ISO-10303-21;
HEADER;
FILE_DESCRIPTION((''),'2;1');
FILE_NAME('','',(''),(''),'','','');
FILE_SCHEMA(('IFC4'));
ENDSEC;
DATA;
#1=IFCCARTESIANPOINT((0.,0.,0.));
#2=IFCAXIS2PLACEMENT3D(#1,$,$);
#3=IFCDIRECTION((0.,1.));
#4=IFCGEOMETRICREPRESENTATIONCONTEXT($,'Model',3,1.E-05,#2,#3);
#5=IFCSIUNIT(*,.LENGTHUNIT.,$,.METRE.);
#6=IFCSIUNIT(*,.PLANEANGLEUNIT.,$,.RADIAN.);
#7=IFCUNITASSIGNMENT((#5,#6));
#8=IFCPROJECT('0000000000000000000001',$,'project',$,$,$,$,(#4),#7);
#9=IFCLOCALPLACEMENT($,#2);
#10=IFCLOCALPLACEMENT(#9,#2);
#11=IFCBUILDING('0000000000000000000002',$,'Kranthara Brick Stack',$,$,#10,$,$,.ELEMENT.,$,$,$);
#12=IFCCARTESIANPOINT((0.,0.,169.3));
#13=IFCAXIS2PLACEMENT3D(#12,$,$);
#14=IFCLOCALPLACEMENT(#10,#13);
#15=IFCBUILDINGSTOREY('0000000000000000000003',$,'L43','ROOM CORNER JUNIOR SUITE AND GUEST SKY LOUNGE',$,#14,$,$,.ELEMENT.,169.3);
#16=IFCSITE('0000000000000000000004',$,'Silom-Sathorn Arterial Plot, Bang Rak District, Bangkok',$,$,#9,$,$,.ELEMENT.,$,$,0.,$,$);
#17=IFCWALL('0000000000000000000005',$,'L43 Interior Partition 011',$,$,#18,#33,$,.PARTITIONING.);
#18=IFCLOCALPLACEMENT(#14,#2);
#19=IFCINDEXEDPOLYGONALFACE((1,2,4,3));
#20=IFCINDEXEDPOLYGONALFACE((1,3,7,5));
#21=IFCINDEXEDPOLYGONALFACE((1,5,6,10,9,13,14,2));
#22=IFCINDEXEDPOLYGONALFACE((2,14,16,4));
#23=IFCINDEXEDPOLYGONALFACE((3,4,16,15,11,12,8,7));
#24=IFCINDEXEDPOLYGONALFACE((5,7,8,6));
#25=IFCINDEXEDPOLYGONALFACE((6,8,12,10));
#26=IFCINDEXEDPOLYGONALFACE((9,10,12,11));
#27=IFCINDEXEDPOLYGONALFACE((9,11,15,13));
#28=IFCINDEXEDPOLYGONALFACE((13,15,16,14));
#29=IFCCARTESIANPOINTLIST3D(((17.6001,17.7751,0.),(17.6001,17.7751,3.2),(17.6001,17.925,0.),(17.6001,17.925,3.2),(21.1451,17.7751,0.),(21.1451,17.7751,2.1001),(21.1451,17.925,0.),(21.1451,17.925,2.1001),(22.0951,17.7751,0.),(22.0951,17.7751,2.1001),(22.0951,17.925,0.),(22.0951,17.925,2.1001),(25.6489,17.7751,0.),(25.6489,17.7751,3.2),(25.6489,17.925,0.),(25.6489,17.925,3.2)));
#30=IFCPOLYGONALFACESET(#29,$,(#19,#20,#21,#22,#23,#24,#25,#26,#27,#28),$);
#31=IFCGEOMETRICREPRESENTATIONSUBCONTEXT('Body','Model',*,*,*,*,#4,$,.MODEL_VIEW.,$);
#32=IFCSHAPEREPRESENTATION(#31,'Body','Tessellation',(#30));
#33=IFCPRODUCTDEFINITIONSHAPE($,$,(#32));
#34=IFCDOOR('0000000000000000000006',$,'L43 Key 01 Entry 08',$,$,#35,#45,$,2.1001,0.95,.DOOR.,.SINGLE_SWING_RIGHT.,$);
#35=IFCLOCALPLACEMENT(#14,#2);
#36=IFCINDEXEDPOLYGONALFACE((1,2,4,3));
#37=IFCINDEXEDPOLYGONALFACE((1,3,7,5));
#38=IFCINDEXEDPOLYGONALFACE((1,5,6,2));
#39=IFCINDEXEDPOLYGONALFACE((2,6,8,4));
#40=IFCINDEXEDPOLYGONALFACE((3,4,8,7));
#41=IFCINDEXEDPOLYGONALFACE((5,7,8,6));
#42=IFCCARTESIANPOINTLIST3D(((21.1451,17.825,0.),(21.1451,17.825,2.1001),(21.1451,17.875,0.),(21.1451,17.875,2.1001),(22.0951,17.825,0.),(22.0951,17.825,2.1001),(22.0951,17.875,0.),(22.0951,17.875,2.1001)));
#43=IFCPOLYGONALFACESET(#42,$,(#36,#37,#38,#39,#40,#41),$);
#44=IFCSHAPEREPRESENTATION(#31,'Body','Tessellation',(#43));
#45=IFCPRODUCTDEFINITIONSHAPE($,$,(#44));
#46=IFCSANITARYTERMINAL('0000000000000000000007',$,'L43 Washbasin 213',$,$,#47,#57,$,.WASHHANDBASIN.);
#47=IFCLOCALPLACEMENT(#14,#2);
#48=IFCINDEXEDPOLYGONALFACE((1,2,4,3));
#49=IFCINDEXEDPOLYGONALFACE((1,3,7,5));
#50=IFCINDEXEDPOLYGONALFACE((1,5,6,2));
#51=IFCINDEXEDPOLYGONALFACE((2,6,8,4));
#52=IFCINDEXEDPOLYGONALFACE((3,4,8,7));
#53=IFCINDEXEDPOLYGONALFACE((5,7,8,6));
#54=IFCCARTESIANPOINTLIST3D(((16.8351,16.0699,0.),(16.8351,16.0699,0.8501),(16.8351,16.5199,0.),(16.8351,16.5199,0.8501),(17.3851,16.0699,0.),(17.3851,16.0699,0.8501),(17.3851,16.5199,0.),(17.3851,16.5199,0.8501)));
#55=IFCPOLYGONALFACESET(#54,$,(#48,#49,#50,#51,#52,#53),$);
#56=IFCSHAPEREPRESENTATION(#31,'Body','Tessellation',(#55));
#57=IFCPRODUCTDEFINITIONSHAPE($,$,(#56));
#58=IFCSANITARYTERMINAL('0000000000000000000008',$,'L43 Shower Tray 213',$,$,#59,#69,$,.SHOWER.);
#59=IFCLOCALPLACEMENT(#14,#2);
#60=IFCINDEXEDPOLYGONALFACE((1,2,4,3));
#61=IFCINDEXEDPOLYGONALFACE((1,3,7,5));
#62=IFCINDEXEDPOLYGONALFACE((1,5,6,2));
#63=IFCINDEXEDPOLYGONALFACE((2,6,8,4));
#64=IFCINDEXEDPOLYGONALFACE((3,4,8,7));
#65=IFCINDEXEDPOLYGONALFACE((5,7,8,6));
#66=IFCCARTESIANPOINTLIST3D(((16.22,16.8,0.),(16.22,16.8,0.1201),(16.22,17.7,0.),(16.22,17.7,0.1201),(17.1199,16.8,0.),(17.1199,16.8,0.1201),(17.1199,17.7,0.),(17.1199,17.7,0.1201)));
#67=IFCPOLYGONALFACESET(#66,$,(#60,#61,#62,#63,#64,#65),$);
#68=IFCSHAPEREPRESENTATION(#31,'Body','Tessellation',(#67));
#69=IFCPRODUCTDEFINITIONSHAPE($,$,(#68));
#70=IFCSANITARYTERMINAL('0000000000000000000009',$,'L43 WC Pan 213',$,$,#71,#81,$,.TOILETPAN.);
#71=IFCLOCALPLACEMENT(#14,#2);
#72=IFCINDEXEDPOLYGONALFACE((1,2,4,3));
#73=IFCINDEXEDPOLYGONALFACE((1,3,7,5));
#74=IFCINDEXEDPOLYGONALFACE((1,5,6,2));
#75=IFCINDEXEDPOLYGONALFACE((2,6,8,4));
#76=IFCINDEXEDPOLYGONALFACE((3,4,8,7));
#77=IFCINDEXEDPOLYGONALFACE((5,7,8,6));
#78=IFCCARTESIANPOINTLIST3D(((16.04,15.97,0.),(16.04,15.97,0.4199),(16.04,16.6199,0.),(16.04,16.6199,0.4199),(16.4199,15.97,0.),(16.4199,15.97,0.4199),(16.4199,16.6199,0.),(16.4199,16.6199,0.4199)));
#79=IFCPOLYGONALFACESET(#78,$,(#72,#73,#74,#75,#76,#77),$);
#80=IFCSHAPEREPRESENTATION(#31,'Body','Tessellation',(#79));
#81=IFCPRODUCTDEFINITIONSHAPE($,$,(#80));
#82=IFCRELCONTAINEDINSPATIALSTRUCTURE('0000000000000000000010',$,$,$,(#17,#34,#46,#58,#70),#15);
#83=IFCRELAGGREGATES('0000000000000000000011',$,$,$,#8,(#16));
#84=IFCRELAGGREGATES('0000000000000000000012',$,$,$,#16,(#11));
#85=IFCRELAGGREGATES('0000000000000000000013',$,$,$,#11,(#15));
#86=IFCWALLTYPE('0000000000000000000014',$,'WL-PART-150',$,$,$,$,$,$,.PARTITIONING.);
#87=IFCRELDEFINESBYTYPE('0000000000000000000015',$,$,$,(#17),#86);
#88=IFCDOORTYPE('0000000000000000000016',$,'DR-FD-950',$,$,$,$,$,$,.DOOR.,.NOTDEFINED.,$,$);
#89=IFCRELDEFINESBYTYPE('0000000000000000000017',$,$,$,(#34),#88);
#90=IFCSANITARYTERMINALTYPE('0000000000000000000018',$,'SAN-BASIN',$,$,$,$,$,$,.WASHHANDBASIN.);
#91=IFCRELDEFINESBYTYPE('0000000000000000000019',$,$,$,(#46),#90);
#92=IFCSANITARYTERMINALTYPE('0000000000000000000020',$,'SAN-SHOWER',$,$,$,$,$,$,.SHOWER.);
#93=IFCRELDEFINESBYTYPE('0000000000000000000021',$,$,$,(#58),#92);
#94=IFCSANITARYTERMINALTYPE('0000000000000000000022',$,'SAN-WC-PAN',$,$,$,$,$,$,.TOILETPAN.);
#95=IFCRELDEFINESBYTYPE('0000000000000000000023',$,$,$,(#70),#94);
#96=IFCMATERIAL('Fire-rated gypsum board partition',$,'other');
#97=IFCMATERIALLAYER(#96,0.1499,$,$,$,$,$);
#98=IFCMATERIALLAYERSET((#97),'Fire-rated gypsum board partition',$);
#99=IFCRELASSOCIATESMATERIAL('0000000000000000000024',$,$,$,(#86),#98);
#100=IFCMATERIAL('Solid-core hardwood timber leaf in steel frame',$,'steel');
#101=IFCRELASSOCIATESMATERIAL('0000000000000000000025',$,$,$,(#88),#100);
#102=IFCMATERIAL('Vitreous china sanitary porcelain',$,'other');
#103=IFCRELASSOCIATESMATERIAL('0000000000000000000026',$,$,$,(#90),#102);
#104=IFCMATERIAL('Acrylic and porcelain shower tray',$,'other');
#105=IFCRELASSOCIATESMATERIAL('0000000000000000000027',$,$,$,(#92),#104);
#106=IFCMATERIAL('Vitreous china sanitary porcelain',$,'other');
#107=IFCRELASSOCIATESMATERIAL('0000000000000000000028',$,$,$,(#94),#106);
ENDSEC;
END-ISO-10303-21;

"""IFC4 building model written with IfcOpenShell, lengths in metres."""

from ifc_helpers import new_model, si_unit, direction, frame, frame_2d, origin, origin_2d, place, context, subcontext, project, spatial, rectangle, extrude, material, layer, layer_set, type_object, element, fill, save


model = new_model("IFC4")

# Units and contexts
model_context = context("Model", 3, precision=1e-05, world=origin(), true_north=direction((0.0, 1.0)))
body_context = subcontext(model_context, "Body", "Model", "MODEL_VIEW")
ifc_project = project(units=[si_unit("LENGTHUNIT", "METRE"), si_unit("PLANEANGLEUNIT", "RADIAN")], contexts=[model_context])

# Site, building, storey
site_placement = place(None, origin())
site = spatial("IfcSite", under=ifc_project, at=site_placement, Name="Silom-Sathorn Arterial Plot, Bang Rak District, Bangkok", CompositionType="ELEMENT", RefElevation=0.0)
building_placement = place(site_placement, origin())
building = spatial("IfcBuilding", under=site, at=building_placement, Name="Kranthara Brick Stack", CompositionType="ELEMENT")
storey_placement = place(building_placement, frame((0.0, 0.0, 169.3)))
storey = spatial("IfcBuildingStorey", under=building, at=storey_placement, Name="L43", Description="ROOM CORNER JUNIOR SUITE AND GUEST SKY LOUNGE", CompositionType="ELEMENT", Elevation=169.3)

# Shared definitions
ifc_material_1 = material(Name="Fire-rated gypsum board partition", Category="other")
ifc_layer_1 = layer(ifc_material_1, 0.1499)
ifc_layer_set_1 = layer_set([ifc_layer_1], Name="Fire-rated gypsum board partition")
wall_type_1 = type_object("IfcWallType", Name="WL-PART-150", PredefinedType="PARTITIONING", material=ifc_layer_set_1)

# Wall, opening, door
wall_1_placement = place(storey_placement, frame((17.6001, 17.8501, 0.0), z_axis=(0.0, 0.0, 1.0), x_axis=(1.0, 0.0, 0.0)))
wall_1 = element("IfcWall", 1, at=wall_1_placement, inside=storey, type_object=wall_type_1, Name="L43 Interior Partition 011", PredefinedType="PARTITIONING", context=body_context, shape_type="SweptSolid", body=[
    extrude(rectangle(XDim=8.0488, YDim=0.1499, at=frame_2d((4.0244, 0.0))), origin(), (0.0, 0.0, 1.0), 3.2),
])
opening_1_placement = place(wall_1_placement, frame((3.5449, 0.0, 0.0)))
opening_1 = element("IfcOpeningElement", 2, at=opening_1_placement, cuts=wall_1, PredefinedType="OPENING", context=body_context, shape_type="SweptSolid", body=[
    extrude(rectangle(XDim=0.95, YDim=2.1001, at=frame_2d((0.4751, 1.05))), frame((0.0, 0.085, 0.0), z_axis=(0.0, -1.0, 0.0), x_axis=(1.0, 0.0, 0.0)), (0.0, 0.0, 1.0), 0.1699),
])
ifc_material_2 = material(Name="Solid-core hardwood timber leaf in steel frame", Category="steel")
door_type_1 = type_object("IfcDoorType", Name="DR-FD-950", OperationType="NOTDEFINED", PredefinedType="DOOR", material=ifc_material_2)
door_1_placement = place(opening_1_placement, origin())
door_1 = element("IfcDoor", 3, at=door_1_placement, inside=storey, type_object=door_type_1, Name="L43 Key 01 Entry 08", OperationType="SINGLE_SWING_RIGHT", OverallHeight=2.1001, OverallWidth=0.95, PredefinedType="DOOR", context=body_context, shape_type="SweptSolid", body=[
    extrude(rectangle(XDim=0.95, YDim=2.1001, at=frame_2d((0.4751, 1.05))), frame((0.0, 0.0249, 0.0), z_axis=(0.0, -1.0, 0.0), x_axis=(1.0, 0.0, 0.0)), (0.0, 0.0, 1.0), 0.05),
])
fill(opening_1, door_1)

# Sanitary terminals
ifc_material_3 = material(Name="Vitreous china sanitary porcelain", Category="other")
sanitary_terminal_type_1 = type_object("IfcSanitaryTerminalType", Name="SAN-BASIN", PredefinedType="WASHHANDBASIN", material=ifc_material_3)
sanitary_terminal_1_placement = place(storey_placement, frame((17.1101, 16.2949, 0.0), z_axis=(0.0, 0.0, 1.0), x_axis=(1.0, 0.0, 0.0)))
element("IfcSanitaryTerminal", 4, at=sanitary_terminal_1_placement, inside=storey, type_object=sanitary_terminal_type_1, Name="L43 Washbasin 213", PredefinedType="WASHHANDBASIN", context=body_context, shape_type="SweptSolid", body=[
    extrude(rectangle(XDim=0.55, YDim=0.45, at=origin_2d()), origin(), (0.0, 0.0, 1.0), 0.8501),
])
ifc_material_4 = material(Name="Acrylic and porcelain shower tray", Category="other")
sanitary_terminal_type_2 = type_object("IfcSanitaryTerminalType", Name="SAN-SHOWER", PredefinedType="SHOWER", material=ifc_material_4)
sanitary_terminal_2_placement = place(storey_placement, frame((16.6699, 17.25, 0.0), z_axis=(0.0, 0.0, 1.0), x_axis=(1.0, 0.0, 0.0)))
element("IfcSanitaryTerminal", 5, at=sanitary_terminal_2_placement, inside=storey, type_object=sanitary_terminal_type_2, Name="L43 Shower Tray 213", PredefinedType="SHOWER", context=body_context, shape_type="SweptSolid", body=[
    extrude(rectangle(XDim=0.8999, YDim=0.8999, at=origin_2d()), origin(), (0.0, 0.0, 1.0), 0.1201),
])
ifc_material_5 = material(Name="Vitreous china sanitary porcelain", Category="other")
sanitary_terminal_type_3 = type_object("IfcSanitaryTerminalType", Name="SAN-WC-PAN", PredefinedType="TOILETPAN", material=ifc_material_5)
sanitary_terminal_3_placement = place(storey_placement, frame((16.23, 16.2949, 0.0), z_axis=(0.0, 0.0, 1.0), x_axis=(1.0, 0.0, 0.0)))
element("IfcSanitaryTerminal", 6, at=sanitary_terminal_3_placement, inside=storey, type_object=sanitary_terminal_type_3, Name="L43 WC Pan 213", PredefinedType="TOILETPAN", context=body_context, shape_type="SweptSolid", body=[
    extrude(rectangle(XDim=0.3799, YDim=0.6499, at=origin_2d()), origin(), (0.0, 0.0, 1.0), 0.4199),
])

save(model, "model.ifc")
